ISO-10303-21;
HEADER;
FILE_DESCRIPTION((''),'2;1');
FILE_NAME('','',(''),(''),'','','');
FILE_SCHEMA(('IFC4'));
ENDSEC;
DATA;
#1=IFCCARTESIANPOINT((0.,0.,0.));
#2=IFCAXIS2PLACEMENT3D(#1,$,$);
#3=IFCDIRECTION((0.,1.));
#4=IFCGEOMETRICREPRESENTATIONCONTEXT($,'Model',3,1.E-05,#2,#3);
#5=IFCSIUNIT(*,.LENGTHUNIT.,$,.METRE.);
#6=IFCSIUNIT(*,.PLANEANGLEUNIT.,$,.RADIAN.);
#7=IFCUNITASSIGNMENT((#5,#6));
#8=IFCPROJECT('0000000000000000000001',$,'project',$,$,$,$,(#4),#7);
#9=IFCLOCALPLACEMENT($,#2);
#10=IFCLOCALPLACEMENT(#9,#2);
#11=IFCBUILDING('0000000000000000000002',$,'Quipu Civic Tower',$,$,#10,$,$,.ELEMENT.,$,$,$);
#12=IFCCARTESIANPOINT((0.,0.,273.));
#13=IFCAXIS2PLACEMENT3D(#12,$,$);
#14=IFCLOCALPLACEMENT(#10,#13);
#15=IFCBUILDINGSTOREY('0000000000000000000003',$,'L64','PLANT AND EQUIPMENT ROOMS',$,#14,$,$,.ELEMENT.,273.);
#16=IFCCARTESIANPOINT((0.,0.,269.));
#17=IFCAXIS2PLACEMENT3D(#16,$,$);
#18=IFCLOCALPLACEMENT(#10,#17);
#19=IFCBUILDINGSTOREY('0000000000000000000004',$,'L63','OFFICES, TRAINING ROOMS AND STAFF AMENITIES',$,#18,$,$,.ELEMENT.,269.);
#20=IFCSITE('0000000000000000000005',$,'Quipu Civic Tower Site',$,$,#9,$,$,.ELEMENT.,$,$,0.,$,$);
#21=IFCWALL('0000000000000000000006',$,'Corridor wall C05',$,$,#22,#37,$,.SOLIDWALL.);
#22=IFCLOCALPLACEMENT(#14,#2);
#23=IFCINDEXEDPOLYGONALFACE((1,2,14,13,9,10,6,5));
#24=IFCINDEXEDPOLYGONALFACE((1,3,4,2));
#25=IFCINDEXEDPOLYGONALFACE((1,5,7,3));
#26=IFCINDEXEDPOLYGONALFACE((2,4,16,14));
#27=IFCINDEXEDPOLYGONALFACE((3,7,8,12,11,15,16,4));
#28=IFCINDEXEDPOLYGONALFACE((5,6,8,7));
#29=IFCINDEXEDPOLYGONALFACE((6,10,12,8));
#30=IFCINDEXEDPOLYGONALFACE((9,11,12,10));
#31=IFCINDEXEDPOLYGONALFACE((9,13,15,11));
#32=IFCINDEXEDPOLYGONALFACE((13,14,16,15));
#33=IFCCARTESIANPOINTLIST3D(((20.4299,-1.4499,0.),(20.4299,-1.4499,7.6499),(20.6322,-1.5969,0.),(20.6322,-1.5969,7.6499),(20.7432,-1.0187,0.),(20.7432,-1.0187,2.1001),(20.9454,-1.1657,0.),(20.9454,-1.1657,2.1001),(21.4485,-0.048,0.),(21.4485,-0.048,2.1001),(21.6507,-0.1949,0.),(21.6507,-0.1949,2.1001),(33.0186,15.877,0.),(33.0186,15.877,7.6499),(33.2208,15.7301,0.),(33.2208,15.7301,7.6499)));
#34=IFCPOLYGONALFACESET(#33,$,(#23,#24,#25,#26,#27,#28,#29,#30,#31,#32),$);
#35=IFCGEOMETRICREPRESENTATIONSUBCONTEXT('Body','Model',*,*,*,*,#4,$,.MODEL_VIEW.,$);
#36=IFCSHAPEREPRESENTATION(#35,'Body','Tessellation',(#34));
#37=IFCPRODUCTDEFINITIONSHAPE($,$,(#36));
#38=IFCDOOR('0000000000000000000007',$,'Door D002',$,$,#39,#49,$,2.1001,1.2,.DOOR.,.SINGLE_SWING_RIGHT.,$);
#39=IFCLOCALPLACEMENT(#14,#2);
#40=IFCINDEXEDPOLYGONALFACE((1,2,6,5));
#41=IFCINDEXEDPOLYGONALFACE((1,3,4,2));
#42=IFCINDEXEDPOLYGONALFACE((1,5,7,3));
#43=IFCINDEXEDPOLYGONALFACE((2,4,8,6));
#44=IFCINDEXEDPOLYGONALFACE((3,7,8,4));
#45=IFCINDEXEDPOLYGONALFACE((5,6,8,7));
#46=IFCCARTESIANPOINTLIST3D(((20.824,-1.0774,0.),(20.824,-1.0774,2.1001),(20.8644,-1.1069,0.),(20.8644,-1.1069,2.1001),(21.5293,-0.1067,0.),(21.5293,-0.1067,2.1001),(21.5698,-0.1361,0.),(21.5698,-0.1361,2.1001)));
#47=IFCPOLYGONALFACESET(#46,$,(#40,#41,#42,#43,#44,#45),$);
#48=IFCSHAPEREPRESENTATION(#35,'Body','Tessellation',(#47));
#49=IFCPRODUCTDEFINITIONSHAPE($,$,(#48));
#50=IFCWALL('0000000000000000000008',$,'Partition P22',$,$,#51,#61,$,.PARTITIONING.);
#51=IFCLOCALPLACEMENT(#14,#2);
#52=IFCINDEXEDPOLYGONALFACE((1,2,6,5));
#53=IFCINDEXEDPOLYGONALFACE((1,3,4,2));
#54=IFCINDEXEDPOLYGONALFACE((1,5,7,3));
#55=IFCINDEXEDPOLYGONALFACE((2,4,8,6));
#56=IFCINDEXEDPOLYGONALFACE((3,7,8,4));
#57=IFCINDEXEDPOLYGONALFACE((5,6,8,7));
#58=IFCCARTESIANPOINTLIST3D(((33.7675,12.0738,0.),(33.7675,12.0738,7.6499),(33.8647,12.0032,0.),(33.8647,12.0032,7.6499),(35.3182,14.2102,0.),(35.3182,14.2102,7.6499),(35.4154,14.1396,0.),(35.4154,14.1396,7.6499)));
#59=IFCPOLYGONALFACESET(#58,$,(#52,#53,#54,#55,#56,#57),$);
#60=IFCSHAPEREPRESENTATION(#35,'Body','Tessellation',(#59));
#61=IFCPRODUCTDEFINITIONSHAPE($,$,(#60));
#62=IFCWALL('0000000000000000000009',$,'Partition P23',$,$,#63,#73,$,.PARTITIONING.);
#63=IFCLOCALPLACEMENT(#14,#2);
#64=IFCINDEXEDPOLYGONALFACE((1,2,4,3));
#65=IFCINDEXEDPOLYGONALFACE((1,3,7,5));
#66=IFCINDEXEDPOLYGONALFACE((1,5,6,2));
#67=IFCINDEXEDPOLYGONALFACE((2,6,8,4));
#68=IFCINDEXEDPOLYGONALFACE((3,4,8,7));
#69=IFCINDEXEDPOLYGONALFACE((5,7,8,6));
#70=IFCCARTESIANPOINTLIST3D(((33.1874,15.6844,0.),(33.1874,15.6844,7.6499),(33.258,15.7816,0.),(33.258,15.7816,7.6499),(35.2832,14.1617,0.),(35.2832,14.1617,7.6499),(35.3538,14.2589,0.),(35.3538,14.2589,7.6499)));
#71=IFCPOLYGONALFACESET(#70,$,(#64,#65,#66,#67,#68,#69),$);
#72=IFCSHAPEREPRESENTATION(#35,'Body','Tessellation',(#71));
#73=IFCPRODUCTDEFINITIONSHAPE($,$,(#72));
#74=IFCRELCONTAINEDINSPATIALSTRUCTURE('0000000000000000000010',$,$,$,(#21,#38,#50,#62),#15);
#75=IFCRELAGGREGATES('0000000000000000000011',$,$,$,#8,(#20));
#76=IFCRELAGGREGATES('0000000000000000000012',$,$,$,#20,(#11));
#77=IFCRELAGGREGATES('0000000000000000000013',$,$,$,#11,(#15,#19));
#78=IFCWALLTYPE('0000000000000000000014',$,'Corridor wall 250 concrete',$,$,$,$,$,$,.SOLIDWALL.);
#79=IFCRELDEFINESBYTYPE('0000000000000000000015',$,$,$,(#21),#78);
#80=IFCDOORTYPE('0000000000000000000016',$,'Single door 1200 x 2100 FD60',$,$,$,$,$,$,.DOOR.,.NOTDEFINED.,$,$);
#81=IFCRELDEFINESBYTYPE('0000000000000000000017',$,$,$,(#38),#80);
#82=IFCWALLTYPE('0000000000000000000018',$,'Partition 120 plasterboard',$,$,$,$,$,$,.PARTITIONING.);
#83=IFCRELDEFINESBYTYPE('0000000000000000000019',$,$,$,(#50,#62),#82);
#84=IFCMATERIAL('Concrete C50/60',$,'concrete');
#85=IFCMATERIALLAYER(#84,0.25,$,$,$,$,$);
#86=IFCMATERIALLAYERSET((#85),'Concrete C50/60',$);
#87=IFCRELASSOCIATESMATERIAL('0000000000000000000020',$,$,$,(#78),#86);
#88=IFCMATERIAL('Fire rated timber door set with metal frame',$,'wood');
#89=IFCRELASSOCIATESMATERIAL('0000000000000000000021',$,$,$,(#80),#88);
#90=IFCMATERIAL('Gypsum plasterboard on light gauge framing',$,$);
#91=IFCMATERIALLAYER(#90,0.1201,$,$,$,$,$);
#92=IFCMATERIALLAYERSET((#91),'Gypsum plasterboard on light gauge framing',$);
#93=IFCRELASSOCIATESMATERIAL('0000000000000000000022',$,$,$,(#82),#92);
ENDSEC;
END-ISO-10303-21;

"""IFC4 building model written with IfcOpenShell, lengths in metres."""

from ifc_helpers import new_model, si_unit, direction, frame, frame_2d, origin, place, context, subcontext, project, spatial, rectangle, extrude, material, layer, layer_set, type_object, element, fill, save


model = new_model("IFC4")

# Units and contexts
model_context = context("Model", 3, precision=1e-05, world=origin(), true_north=direction((0.0, 1.0)))
body_context = subcontext(model_context, "Body", "Model", "MODEL_VIEW")
ifc_project = project(units=[si_unit("LENGTHUNIT", "METRE"), si_unit("PLANEANGLEUNIT", "RADIAN")], contexts=[model_context])

# Site, building, storey
site_placement = place(None, origin())
site = spatial("IfcSite", under=ifc_project, at=site_placement, Name="Quipu Civic Tower Site", CompositionType="ELEMENT", RefElevation=0.0)
building_placement = place(site_placement, origin())
building = spatial("IfcBuilding", under=site, at=building_placement, Name="Quipu Civic Tower", CompositionType="ELEMENT")
storey_1_placement = place(building_placement, frame((0.0, 0.0, 273.0)))
storey_1 = spatial("IfcBuildingStorey", under=building, at=storey_1_placement, Name="L64", Description="PLANT AND EQUIPMENT ROOMS", CompositionType="ELEMENT", Elevation=273.0)

# Shared definitions
storey_2_placement = place(building_placement, frame((0.0, 0.0, 269.0)))
storey_2 = spatial("IfcBuildingStorey", under=building, at=storey_2_placement, Name="L63", Description="OFFICES, TRAINING ROOMS AND STAFF AMENITIES", CompositionType="ELEMENT", Elevation=269.0)

# Shared definitions
ifc_material_1 = material(Name="Concrete C50/60", Category="concrete")
ifc_layer_1 = layer(ifc_material_1, 0.25)
ifc_layer_set_1 = layer_set([ifc_layer_1], Name="Concrete C50/60")
wall_type_1 = type_object("IfcWallType", Name="Corridor wall 250 concrete", PredefinedType="SOLIDWALL", material=ifc_layer_set_1)

# Wall, opening, door
wall_1_placement = place(storey_1_placement, frame((33.1196, 15.8035, 0.0), z_axis=(0.0, 0.0, 1.0), x_axis=(-0.587782, -0.809019, 0.0)))
wall_1 = element("IfcWall", 1, at=wall_1_placement, inside=storey_1, type_object=wall_type_1, Name="Corridor wall C05", PredefinedType="SOLIDWALL", context=body_context, shape_type="SweptSolid", body=[
    extrude(rectangle(XDim=21.4172, YDim=0.25, at=frame_2d((10.7085, 0.0))), origin(), (0.0, 0.0, 1.0), 7.6499),
])
opening_placement = place(wall_1_placement, frame((19.6841, 0.0, 0.0)))
opening = element("IfcOpeningElement", 2, at=opening_placement, cuts=wall_1, PredefinedType="OPENING", context=body_context, shape_type="SweptSolid", body=[
    extrude(rectangle(XDim=1.2, YDim=2.1001, at=frame_2d((0.6001, 1.05))), frame((0.0, 0.135, 0.0), z_axis=(0.0, -1.0, 0.0), x_axis=(1.0, 0.0, 0.0)), (0.0, 0.0, 1.0), 0.27),
])
ifc_material_2 = material(Name="Fire rated timber door set with metal frame", Category="wood")
door_type = type_object("IfcDoorType", Name="Single door 1200 x 2100 FD60", OperationType="NOTDEFINED", PredefinedType="DOOR", material=ifc_material_2)
door_placement = place(opening_placement, origin())
door = element("IfcDoor", 3, at=door_placement, inside=storey_1, type_object=door_type, Name="Door D002", OperationType="SINGLE_SWING_RIGHT", OverallHeight=2.1001, OverallWidth=1.2, PredefinedType="DOOR", context=body_context, shape_type="SweptSolid", body=[
    extrude(rectangle(XDim=1.2, YDim=2.1001, at=frame_2d((0.6001, 1.05))), frame((0.0, 0.0249, 0.0), z_axis=(0.0, -1.0, 0.0), x_axis=(1.0, 0.0, 0.0)), (0.0, 0.0, 1.0), 0.05),
])
fill(opening, door)

# Walls
ifc_material_3 = material(Name="Gypsum plasterboard on light gauge framing")
ifc_layer_2 = layer(ifc_material_3, 0.1201)
ifc_layer_set_2 = layer_set([ifc_layer_2], Name="Gypsum plasterboard on light gauge framing")
wall_type_2 = type_object("IfcWallType", Name="Partition 120 plasterboard", PredefinedType="PARTITIONING", material=ifc_layer_set_2)
wall_2_placement = place(storey_1_placement, frame((33.8162, 12.0386, 0.0), z_axis=(0.0, 0.0, 1.0), x_axis=(0.587424, 0.80928, 0.0)))
element("IfcWall", 4, at=wall_2_placement, inside=storey_1, type_object=wall_type_2, Name="Partition P22", PredefinedType="PARTITIONING", context=body_context, shape_type="SweptSolid", body=[
    extrude(rectangle(XDim=2.6399, YDim=0.1201, at=frame_2d((1.3198, 0.0))), origin(), (0.0, 0.0, 1.0), 7.6499),
])
wall_3_placement = place(storey_1_placement, frame((35.3186, 14.2102, 0.0), z_axis=(0.0, 0.0, 1.0), x_axis=(-0.809001, 0.587807, 0.0)))
element("IfcWall", 5, at=wall_3_placement, inside=storey_1, type_object=wall_type_2, Name="Partition P23", PredefinedType="PARTITIONING", context=body_context, shape_type="SweptSolid", body=[
    extrude(rectangle(XDim=2.5906, YDim=0.1201, at=frame_2d((1.2954, 0.0))), origin(), (0.0, 0.0, 1.0), 7.6499),
])

save(model, "model.ifc")
